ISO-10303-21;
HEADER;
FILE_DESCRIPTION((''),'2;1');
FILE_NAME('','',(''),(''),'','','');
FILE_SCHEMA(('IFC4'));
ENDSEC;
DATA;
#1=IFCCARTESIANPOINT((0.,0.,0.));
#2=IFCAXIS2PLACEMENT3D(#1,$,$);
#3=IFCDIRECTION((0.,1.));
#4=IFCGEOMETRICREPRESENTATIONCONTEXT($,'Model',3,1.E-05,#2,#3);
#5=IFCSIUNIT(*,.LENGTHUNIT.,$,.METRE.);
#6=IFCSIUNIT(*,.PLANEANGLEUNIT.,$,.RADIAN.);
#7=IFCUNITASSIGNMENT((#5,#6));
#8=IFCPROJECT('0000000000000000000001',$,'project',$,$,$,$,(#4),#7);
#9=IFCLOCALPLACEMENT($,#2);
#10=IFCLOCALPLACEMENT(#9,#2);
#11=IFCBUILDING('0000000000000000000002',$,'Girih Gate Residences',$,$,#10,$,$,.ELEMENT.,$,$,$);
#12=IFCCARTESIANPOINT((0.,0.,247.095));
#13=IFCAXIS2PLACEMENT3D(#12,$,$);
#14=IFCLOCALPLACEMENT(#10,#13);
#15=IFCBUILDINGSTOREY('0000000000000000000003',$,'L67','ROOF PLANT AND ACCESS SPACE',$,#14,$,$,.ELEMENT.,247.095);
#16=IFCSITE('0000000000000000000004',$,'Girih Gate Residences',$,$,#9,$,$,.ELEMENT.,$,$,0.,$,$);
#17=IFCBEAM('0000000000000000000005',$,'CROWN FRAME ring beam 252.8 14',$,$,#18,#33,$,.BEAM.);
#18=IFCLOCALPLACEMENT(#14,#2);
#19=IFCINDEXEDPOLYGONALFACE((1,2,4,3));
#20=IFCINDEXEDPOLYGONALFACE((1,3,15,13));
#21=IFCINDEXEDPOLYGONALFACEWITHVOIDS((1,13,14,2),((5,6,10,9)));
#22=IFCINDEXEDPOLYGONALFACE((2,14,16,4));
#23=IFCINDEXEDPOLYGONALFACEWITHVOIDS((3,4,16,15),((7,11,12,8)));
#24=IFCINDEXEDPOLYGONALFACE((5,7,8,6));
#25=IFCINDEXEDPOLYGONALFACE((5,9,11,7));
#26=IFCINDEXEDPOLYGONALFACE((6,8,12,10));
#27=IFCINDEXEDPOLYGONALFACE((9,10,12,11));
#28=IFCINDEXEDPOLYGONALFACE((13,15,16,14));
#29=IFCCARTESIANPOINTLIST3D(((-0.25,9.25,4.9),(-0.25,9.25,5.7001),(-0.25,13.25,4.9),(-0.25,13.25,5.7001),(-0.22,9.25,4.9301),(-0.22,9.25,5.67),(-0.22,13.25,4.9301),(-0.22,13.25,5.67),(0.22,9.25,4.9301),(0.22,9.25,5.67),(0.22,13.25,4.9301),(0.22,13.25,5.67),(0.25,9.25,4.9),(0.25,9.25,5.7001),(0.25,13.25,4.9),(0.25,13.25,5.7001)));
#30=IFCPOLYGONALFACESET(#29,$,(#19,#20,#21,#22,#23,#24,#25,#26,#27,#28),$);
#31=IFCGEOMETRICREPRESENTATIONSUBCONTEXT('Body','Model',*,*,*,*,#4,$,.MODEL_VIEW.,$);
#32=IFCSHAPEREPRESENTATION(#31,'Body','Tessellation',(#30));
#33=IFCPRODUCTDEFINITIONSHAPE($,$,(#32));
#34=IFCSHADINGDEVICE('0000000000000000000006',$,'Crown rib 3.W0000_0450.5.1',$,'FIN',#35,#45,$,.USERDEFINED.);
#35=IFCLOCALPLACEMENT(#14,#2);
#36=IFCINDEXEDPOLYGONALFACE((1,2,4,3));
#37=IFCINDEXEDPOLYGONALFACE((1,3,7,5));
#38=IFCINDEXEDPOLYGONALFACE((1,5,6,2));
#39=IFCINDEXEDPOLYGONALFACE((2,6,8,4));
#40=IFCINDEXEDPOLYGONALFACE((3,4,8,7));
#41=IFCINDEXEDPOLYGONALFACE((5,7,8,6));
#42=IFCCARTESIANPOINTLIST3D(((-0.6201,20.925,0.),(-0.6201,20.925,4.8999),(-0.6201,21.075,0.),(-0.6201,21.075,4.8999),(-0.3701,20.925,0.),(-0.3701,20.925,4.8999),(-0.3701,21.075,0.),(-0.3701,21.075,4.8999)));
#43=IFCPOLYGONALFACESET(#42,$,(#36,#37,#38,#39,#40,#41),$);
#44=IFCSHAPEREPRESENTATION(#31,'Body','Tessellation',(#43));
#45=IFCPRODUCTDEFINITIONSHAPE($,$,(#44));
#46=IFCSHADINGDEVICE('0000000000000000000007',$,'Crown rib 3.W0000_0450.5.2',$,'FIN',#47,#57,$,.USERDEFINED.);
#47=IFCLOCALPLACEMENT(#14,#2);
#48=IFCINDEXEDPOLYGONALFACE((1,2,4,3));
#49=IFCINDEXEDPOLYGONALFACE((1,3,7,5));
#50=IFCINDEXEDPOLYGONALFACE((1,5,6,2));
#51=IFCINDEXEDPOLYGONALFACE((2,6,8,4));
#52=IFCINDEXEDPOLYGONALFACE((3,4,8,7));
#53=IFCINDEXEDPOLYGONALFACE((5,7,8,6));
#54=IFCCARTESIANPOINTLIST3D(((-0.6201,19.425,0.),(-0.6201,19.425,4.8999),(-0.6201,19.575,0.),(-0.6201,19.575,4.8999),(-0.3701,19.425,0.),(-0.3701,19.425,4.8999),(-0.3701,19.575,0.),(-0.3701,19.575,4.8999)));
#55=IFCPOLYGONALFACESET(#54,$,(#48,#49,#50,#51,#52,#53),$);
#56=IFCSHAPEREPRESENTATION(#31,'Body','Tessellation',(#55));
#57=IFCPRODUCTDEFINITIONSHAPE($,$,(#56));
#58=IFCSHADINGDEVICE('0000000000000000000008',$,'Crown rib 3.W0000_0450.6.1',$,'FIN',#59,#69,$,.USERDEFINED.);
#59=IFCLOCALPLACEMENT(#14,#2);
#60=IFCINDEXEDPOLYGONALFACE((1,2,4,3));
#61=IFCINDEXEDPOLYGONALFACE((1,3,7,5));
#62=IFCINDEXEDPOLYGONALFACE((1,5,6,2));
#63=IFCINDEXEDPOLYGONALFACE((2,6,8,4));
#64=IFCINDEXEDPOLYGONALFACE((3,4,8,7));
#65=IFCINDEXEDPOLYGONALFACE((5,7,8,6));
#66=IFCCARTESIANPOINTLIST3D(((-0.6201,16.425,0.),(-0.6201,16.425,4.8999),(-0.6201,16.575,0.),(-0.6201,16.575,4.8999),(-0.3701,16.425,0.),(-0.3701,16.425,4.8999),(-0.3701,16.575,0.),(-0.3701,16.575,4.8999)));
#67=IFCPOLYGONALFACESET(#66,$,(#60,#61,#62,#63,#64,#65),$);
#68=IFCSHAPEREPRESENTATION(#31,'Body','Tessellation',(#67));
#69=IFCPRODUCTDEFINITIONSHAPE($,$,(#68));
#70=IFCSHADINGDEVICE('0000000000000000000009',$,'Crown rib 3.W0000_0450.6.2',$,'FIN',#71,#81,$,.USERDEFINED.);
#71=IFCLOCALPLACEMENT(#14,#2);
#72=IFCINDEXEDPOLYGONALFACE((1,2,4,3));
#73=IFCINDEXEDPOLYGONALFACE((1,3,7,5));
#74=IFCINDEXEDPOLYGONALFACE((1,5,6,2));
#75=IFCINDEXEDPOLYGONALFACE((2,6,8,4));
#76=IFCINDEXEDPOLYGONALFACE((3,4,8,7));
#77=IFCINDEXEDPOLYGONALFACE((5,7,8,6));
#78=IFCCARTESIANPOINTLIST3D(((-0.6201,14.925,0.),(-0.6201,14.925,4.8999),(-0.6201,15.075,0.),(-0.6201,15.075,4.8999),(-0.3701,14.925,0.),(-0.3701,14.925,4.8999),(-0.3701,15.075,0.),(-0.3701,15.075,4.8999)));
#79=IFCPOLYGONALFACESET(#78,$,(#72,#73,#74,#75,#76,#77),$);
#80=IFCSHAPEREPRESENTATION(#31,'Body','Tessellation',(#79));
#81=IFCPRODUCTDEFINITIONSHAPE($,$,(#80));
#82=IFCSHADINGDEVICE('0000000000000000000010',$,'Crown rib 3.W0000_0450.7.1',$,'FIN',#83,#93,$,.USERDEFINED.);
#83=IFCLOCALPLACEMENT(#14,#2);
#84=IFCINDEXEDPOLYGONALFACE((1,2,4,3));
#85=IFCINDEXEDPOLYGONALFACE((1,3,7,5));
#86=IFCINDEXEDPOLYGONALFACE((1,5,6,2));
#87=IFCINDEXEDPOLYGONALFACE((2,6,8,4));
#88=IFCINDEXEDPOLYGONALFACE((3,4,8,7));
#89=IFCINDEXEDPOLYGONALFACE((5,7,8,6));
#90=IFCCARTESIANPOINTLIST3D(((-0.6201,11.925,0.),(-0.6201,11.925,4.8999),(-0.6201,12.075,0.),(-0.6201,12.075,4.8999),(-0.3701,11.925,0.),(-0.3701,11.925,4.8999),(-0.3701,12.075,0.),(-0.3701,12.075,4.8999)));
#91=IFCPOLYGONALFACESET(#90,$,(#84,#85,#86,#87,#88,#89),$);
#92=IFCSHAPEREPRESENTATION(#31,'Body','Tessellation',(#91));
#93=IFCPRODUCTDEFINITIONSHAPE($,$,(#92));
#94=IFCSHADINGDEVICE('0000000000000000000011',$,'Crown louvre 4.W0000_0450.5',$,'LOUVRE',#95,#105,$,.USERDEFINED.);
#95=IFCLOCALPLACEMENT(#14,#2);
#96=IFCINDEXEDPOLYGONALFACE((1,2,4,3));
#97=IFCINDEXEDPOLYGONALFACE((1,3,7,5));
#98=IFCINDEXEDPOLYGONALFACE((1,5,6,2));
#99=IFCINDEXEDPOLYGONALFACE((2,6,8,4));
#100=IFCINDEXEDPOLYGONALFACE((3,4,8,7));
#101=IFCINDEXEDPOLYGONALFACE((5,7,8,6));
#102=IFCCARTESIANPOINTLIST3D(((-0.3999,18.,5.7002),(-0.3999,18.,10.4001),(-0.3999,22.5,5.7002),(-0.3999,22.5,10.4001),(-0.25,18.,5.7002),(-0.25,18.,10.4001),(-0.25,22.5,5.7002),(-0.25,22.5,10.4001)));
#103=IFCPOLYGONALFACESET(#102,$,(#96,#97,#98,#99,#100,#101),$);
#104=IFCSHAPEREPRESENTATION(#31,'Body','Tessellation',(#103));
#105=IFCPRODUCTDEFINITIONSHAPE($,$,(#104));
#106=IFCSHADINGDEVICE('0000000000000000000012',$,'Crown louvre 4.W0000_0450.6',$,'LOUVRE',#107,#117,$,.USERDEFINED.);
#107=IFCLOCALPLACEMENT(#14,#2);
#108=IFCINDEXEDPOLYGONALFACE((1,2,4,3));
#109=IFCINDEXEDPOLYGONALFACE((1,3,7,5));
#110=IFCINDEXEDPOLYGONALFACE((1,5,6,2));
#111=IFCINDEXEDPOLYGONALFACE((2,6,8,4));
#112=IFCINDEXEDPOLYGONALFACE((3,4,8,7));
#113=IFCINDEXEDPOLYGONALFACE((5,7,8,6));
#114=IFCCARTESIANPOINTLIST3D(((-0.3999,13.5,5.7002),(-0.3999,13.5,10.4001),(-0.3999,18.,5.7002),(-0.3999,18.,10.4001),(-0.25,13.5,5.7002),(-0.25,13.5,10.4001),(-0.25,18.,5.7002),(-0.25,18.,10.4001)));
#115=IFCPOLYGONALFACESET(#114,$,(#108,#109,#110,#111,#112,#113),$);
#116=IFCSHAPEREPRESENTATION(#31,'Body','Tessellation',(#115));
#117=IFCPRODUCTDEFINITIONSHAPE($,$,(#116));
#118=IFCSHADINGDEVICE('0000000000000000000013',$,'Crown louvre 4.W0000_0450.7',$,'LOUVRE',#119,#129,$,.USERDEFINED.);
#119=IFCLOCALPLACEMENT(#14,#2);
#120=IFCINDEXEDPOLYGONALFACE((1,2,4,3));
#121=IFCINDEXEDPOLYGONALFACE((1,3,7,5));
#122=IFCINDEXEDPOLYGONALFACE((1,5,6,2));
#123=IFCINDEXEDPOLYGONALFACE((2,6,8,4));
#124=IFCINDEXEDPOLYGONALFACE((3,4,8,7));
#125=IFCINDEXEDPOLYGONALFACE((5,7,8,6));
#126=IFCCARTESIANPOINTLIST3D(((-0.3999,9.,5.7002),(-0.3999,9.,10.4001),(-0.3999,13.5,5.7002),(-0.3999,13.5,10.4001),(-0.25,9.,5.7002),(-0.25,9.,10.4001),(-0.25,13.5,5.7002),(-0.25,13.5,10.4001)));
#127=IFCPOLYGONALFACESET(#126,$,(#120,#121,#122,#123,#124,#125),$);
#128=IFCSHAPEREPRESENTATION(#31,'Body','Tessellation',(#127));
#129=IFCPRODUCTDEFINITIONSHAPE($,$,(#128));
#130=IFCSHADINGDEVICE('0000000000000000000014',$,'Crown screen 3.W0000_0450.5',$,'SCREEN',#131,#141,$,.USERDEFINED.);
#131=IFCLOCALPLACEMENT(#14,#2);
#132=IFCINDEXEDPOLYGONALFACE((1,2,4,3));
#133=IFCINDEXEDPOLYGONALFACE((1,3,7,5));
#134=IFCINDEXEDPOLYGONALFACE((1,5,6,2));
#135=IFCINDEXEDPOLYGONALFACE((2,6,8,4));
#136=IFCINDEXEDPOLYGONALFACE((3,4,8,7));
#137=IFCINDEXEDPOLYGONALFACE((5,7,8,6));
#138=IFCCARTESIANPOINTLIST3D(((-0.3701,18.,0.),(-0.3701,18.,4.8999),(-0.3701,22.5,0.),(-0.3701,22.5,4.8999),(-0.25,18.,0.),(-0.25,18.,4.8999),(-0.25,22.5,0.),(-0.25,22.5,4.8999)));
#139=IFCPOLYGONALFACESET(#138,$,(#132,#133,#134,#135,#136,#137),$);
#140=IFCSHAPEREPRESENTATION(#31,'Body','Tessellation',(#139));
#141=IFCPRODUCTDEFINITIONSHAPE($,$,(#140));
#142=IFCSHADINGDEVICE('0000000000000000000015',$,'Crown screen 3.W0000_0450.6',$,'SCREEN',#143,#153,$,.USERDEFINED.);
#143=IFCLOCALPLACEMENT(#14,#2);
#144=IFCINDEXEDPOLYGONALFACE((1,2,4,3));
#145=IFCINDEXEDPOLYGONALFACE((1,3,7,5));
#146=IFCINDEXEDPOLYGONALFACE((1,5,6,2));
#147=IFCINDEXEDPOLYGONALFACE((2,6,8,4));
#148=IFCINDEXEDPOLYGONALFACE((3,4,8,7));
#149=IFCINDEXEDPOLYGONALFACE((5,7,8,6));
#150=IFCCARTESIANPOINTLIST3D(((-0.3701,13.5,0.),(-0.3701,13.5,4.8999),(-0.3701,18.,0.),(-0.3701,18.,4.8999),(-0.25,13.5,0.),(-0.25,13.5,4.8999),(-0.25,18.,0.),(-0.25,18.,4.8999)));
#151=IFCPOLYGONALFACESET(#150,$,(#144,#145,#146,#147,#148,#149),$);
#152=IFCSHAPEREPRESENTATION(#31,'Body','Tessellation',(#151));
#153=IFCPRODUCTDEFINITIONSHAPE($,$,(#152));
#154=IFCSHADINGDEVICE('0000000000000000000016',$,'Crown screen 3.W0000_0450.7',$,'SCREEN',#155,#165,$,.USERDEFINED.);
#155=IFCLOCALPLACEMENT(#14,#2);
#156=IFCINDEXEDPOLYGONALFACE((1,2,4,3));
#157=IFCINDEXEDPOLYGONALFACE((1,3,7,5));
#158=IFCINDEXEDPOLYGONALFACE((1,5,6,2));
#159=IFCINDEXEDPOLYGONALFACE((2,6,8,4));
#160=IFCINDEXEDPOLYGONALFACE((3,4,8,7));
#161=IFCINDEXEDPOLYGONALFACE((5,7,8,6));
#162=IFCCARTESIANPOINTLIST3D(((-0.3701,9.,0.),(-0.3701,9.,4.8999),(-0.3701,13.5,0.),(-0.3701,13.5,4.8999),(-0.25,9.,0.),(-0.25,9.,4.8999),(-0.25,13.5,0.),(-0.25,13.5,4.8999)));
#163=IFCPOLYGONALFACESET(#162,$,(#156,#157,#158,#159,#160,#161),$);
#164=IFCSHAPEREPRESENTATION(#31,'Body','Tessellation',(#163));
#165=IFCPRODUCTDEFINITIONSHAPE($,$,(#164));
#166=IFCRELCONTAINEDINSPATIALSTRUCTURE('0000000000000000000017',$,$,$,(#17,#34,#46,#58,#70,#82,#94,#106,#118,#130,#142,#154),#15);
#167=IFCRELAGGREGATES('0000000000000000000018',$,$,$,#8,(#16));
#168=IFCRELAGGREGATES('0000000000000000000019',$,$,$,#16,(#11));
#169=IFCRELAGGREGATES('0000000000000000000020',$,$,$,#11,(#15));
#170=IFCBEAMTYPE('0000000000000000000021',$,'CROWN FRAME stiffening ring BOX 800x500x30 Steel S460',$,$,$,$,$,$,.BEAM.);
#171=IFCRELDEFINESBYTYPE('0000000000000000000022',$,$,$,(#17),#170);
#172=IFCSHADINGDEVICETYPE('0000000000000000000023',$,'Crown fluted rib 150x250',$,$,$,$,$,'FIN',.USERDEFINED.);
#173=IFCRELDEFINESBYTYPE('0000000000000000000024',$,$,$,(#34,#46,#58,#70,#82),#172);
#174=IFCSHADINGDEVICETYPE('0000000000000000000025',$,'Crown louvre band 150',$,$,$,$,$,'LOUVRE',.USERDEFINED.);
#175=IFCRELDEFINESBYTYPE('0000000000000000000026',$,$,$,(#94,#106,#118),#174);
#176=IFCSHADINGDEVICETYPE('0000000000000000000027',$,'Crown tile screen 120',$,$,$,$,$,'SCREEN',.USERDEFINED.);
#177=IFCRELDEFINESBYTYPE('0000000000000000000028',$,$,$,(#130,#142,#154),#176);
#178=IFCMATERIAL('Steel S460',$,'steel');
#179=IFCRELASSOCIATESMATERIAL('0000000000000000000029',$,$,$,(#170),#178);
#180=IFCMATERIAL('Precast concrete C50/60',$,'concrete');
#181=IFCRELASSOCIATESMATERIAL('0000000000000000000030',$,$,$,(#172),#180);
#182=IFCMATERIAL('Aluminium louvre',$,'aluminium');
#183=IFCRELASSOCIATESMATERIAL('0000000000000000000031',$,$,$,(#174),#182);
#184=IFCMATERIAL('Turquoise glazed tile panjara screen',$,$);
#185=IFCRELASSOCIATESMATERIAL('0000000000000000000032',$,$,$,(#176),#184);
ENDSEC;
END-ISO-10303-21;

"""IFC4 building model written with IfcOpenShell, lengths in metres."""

from ifc_helpers import new_model, si_unit, direction, frame, origin, origin_2d, place, context, subcontext, project, spatial, rectangle, hollow_rectangle, extrude, material, material_profile, profile_set, type_object, element, save


model = new_model("IFC4")

# Units and contexts
model_context = context("Model", 3, precision=1e-05, world=origin(), true_north=direction((0.0, 1.0)))
body_context = subcontext(model_context, "Body", "Model", "MODEL_VIEW")
ifc_project = project(units=[si_unit("LENGTHUNIT", "METRE"), si_unit("PLANEANGLEUNIT", "RADIAN")], contexts=[model_context])

# Site, building, storey
site_placement = place(None, origin())
site = spatial("IfcSite", under=ifc_project, at=site_placement, Name="Girih Gate Residences", CompositionType="ELEMENT", RefElevation=0.0)
building_placement = place(site_placement, origin())
building = spatial("IfcBuilding", under=site, at=building_placement, Name="Girih Gate Residences", CompositionType="ELEMENT")
storey_placement = place(building_placement, frame((0.0, 0.0, 247.095)))
storey = spatial("IfcBuildingStorey", under=building, at=storey_placement, Name="L67", Description="ROOF PLANT AND ACCESS SPACE", CompositionType="ELEMENT", Elevation=247.095)

# Shared definitions
ifc_material_1 = material(Name="Steel S460", Category="steel")

# Beam
ifc_material_profile_1 = material_profile(ifc_material_1, hollow_rectangle(XDim=0.5, YDim=0.8, WallThickness=0.03, at=origin_2d()))
ifc_profile_set_1 = profile_set([ifc_material_profile_1], Name="Steel S460")
beam_type_1 = type_object("IfcBeamType", Name="CROWN FRAME stiffening ring BOX 800x500x30 Steel S460", PredefinedType="BEAM", material=ifc_profile_set_1)
for number, where, z_axis, x_axis, name in (
    (1, (0.0, 13.25, 5.3), (0.0, -1.0, 0.0), (1.0, 0.0, 0.0), "CROWN FRAME ring beam 252.8 14"),
):
    element("IfcBeam", number, at=place(storey_placement, frame(where, z_axis=z_axis, x_axis=x_axis)), inside=storey, type_object=beam_type_1, Name=name, PredefinedType="BEAM", context=body_context, shape_type="SweptSolid", body=[
        extrude(hollow_rectangle(XDim=0.5, YDim=0.8, WallThickness=0.03, at=origin_2d()), origin(), (0.0, 0.0, 1.0), 4.0),
    ])

# Shading devices
ifc_material_2 = material(Name="Precast concrete C50/60", Category="concrete")
shading_device_type_1 = type_object("IfcShadingDeviceType", Name="Crown fluted rib 150x250", ElementType="FIN", PredefinedType="USERDEFINED", material=ifc_material_2)
for number, where, z_axis, x_axis, name in (
    (2, (-0.4951, 21.0, 0.0), (0.0, 0.0, 1.0), (0.0, -1.0, 0.0), "Crown rib 3.W0000_0450.5.1"),
    (3, (-0.4951, 19.5, 0.0), (0.0, 0.0, 1.0), (0.0, -1.0, 0.0), "Crown rib 3.W0000_0450.5.2"),
    (4, (-0.4951, 16.5, 0.0), (0.0, 0.0, 1.0), (0.0, -1.0, 0.0), "Crown rib 3.W0000_0450.6.1"),
    (5, (-0.4951, 15.0, 0.0), (0.0, 0.0, 1.0), (0.0, -1.0, 0.0), "Crown rib 3.W0000_0450.6.2"),
    (6, (-0.4951, 12.0, 0.0), (0.0, 0.0, 1.0), (0.0, -1.0, 0.0), "Crown rib 3.W0000_0450.7.1"),
):
    element("IfcShadingDevice", number, at=place(storey_placement, frame(where, z_axis=z_axis, x_axis=x_axis)), inside=storey, type_object=shading_device_type_1, Name=name, ObjectType="FIN", PredefinedType="USERDEFINED", context=body_context, shape_type="SweptSolid", body=[
        extrude(rectangle(XDim=0.1499, YDim=0.25, at=origin_2d()), origin(), (0.0, 0.0, 1.0), 4.8999),
    ])
ifc_material_3 = material(Name="Aluminium louvre", Category="aluminium")
shading_device_type_2 = type_object("IfcShadingDeviceType", Name="Crown louvre band 150", ElementType="LOUVRE", PredefinedType="USERDEFINED", material=ifc_material_3)
for number, where, z_axis, x_axis, name in (
    (7, (-0.325, 20.25, 5.7002), (0.0, 0.0, 1.0), (0.0, -1.0, 0.0), "Crown louvre 4.W0000_0450.5"),
    (8, (-0.325, 15.75, 5.7002), (0.0, 0.0, 1.0), (0.0, -1.0, 0.0), "Crown louvre 4.W0000_0450.6"),
    (9, (-0.325, 11.25, 5.7002), (0.0, 0.0, 1.0), (0.0, -1.0, 0.0), "Crown louvre 4.W0000_0450.7"),
):
    element("IfcShadingDevice", number, at=place(storey_placement, frame(where, z_axis=z_axis, x_axis=x_axis)), inside=storey, type_object=shading_device_type_2, Name=name, ObjectType="LOUVRE", PredefinedType="USERDEFINED", context=body_context, shape_type="SweptSolid", body=[
        extrude(rectangle(XDim=4.5, YDim=0.1499, at=origin_2d()), origin(), (0.0, 0.0, 1.0), 4.7),
    ])
ifc_material_4 = material(Name="Turquoise glazed tile panjara screen")
shading_device_type_3 = type_object("IfcShadingDeviceType", Name="Crown tile screen 120", ElementType="SCREEN", PredefinedType="USERDEFINED", material=ifc_material_4)
for number, where, z_axis, x_axis, name in (
    (10, (-0.3101, 20.25, 0.0), (0.0, 0.0, 1.0), (0.0, -1.0, 0.0), "Crown screen 3.W0000_0450.5"),
    (11, (-0.3101, 15.75, 0.0), (0.0, 0.0, 1.0), (0.0, -1.0, 0.0), "Crown screen 3.W0000_0450.6"),
    (12, (-0.3101, 11.25, 0.0), (0.0, 0.0, 1.0), (0.0, -1.0, 0.0), "Crown screen 3.W0000_0450.7"),
):
    element("IfcShadingDevice", number, at=place(storey_placement, frame(where, z_axis=z_axis, x_axis=x_axis)), inside=storey, type_object=shading_device_type_3, Name=name, ObjectType="SCREEN", PredefinedType="USERDEFINED", context=body_context, shape_type="SweptSolid", body=[
        extrude(rectangle(XDim=4.5, YDim=0.1201, at=origin_2d()), origin(), (0.0, 0.0, 1.0), 4.8999),
    ])

save(model, "model.ifc")
